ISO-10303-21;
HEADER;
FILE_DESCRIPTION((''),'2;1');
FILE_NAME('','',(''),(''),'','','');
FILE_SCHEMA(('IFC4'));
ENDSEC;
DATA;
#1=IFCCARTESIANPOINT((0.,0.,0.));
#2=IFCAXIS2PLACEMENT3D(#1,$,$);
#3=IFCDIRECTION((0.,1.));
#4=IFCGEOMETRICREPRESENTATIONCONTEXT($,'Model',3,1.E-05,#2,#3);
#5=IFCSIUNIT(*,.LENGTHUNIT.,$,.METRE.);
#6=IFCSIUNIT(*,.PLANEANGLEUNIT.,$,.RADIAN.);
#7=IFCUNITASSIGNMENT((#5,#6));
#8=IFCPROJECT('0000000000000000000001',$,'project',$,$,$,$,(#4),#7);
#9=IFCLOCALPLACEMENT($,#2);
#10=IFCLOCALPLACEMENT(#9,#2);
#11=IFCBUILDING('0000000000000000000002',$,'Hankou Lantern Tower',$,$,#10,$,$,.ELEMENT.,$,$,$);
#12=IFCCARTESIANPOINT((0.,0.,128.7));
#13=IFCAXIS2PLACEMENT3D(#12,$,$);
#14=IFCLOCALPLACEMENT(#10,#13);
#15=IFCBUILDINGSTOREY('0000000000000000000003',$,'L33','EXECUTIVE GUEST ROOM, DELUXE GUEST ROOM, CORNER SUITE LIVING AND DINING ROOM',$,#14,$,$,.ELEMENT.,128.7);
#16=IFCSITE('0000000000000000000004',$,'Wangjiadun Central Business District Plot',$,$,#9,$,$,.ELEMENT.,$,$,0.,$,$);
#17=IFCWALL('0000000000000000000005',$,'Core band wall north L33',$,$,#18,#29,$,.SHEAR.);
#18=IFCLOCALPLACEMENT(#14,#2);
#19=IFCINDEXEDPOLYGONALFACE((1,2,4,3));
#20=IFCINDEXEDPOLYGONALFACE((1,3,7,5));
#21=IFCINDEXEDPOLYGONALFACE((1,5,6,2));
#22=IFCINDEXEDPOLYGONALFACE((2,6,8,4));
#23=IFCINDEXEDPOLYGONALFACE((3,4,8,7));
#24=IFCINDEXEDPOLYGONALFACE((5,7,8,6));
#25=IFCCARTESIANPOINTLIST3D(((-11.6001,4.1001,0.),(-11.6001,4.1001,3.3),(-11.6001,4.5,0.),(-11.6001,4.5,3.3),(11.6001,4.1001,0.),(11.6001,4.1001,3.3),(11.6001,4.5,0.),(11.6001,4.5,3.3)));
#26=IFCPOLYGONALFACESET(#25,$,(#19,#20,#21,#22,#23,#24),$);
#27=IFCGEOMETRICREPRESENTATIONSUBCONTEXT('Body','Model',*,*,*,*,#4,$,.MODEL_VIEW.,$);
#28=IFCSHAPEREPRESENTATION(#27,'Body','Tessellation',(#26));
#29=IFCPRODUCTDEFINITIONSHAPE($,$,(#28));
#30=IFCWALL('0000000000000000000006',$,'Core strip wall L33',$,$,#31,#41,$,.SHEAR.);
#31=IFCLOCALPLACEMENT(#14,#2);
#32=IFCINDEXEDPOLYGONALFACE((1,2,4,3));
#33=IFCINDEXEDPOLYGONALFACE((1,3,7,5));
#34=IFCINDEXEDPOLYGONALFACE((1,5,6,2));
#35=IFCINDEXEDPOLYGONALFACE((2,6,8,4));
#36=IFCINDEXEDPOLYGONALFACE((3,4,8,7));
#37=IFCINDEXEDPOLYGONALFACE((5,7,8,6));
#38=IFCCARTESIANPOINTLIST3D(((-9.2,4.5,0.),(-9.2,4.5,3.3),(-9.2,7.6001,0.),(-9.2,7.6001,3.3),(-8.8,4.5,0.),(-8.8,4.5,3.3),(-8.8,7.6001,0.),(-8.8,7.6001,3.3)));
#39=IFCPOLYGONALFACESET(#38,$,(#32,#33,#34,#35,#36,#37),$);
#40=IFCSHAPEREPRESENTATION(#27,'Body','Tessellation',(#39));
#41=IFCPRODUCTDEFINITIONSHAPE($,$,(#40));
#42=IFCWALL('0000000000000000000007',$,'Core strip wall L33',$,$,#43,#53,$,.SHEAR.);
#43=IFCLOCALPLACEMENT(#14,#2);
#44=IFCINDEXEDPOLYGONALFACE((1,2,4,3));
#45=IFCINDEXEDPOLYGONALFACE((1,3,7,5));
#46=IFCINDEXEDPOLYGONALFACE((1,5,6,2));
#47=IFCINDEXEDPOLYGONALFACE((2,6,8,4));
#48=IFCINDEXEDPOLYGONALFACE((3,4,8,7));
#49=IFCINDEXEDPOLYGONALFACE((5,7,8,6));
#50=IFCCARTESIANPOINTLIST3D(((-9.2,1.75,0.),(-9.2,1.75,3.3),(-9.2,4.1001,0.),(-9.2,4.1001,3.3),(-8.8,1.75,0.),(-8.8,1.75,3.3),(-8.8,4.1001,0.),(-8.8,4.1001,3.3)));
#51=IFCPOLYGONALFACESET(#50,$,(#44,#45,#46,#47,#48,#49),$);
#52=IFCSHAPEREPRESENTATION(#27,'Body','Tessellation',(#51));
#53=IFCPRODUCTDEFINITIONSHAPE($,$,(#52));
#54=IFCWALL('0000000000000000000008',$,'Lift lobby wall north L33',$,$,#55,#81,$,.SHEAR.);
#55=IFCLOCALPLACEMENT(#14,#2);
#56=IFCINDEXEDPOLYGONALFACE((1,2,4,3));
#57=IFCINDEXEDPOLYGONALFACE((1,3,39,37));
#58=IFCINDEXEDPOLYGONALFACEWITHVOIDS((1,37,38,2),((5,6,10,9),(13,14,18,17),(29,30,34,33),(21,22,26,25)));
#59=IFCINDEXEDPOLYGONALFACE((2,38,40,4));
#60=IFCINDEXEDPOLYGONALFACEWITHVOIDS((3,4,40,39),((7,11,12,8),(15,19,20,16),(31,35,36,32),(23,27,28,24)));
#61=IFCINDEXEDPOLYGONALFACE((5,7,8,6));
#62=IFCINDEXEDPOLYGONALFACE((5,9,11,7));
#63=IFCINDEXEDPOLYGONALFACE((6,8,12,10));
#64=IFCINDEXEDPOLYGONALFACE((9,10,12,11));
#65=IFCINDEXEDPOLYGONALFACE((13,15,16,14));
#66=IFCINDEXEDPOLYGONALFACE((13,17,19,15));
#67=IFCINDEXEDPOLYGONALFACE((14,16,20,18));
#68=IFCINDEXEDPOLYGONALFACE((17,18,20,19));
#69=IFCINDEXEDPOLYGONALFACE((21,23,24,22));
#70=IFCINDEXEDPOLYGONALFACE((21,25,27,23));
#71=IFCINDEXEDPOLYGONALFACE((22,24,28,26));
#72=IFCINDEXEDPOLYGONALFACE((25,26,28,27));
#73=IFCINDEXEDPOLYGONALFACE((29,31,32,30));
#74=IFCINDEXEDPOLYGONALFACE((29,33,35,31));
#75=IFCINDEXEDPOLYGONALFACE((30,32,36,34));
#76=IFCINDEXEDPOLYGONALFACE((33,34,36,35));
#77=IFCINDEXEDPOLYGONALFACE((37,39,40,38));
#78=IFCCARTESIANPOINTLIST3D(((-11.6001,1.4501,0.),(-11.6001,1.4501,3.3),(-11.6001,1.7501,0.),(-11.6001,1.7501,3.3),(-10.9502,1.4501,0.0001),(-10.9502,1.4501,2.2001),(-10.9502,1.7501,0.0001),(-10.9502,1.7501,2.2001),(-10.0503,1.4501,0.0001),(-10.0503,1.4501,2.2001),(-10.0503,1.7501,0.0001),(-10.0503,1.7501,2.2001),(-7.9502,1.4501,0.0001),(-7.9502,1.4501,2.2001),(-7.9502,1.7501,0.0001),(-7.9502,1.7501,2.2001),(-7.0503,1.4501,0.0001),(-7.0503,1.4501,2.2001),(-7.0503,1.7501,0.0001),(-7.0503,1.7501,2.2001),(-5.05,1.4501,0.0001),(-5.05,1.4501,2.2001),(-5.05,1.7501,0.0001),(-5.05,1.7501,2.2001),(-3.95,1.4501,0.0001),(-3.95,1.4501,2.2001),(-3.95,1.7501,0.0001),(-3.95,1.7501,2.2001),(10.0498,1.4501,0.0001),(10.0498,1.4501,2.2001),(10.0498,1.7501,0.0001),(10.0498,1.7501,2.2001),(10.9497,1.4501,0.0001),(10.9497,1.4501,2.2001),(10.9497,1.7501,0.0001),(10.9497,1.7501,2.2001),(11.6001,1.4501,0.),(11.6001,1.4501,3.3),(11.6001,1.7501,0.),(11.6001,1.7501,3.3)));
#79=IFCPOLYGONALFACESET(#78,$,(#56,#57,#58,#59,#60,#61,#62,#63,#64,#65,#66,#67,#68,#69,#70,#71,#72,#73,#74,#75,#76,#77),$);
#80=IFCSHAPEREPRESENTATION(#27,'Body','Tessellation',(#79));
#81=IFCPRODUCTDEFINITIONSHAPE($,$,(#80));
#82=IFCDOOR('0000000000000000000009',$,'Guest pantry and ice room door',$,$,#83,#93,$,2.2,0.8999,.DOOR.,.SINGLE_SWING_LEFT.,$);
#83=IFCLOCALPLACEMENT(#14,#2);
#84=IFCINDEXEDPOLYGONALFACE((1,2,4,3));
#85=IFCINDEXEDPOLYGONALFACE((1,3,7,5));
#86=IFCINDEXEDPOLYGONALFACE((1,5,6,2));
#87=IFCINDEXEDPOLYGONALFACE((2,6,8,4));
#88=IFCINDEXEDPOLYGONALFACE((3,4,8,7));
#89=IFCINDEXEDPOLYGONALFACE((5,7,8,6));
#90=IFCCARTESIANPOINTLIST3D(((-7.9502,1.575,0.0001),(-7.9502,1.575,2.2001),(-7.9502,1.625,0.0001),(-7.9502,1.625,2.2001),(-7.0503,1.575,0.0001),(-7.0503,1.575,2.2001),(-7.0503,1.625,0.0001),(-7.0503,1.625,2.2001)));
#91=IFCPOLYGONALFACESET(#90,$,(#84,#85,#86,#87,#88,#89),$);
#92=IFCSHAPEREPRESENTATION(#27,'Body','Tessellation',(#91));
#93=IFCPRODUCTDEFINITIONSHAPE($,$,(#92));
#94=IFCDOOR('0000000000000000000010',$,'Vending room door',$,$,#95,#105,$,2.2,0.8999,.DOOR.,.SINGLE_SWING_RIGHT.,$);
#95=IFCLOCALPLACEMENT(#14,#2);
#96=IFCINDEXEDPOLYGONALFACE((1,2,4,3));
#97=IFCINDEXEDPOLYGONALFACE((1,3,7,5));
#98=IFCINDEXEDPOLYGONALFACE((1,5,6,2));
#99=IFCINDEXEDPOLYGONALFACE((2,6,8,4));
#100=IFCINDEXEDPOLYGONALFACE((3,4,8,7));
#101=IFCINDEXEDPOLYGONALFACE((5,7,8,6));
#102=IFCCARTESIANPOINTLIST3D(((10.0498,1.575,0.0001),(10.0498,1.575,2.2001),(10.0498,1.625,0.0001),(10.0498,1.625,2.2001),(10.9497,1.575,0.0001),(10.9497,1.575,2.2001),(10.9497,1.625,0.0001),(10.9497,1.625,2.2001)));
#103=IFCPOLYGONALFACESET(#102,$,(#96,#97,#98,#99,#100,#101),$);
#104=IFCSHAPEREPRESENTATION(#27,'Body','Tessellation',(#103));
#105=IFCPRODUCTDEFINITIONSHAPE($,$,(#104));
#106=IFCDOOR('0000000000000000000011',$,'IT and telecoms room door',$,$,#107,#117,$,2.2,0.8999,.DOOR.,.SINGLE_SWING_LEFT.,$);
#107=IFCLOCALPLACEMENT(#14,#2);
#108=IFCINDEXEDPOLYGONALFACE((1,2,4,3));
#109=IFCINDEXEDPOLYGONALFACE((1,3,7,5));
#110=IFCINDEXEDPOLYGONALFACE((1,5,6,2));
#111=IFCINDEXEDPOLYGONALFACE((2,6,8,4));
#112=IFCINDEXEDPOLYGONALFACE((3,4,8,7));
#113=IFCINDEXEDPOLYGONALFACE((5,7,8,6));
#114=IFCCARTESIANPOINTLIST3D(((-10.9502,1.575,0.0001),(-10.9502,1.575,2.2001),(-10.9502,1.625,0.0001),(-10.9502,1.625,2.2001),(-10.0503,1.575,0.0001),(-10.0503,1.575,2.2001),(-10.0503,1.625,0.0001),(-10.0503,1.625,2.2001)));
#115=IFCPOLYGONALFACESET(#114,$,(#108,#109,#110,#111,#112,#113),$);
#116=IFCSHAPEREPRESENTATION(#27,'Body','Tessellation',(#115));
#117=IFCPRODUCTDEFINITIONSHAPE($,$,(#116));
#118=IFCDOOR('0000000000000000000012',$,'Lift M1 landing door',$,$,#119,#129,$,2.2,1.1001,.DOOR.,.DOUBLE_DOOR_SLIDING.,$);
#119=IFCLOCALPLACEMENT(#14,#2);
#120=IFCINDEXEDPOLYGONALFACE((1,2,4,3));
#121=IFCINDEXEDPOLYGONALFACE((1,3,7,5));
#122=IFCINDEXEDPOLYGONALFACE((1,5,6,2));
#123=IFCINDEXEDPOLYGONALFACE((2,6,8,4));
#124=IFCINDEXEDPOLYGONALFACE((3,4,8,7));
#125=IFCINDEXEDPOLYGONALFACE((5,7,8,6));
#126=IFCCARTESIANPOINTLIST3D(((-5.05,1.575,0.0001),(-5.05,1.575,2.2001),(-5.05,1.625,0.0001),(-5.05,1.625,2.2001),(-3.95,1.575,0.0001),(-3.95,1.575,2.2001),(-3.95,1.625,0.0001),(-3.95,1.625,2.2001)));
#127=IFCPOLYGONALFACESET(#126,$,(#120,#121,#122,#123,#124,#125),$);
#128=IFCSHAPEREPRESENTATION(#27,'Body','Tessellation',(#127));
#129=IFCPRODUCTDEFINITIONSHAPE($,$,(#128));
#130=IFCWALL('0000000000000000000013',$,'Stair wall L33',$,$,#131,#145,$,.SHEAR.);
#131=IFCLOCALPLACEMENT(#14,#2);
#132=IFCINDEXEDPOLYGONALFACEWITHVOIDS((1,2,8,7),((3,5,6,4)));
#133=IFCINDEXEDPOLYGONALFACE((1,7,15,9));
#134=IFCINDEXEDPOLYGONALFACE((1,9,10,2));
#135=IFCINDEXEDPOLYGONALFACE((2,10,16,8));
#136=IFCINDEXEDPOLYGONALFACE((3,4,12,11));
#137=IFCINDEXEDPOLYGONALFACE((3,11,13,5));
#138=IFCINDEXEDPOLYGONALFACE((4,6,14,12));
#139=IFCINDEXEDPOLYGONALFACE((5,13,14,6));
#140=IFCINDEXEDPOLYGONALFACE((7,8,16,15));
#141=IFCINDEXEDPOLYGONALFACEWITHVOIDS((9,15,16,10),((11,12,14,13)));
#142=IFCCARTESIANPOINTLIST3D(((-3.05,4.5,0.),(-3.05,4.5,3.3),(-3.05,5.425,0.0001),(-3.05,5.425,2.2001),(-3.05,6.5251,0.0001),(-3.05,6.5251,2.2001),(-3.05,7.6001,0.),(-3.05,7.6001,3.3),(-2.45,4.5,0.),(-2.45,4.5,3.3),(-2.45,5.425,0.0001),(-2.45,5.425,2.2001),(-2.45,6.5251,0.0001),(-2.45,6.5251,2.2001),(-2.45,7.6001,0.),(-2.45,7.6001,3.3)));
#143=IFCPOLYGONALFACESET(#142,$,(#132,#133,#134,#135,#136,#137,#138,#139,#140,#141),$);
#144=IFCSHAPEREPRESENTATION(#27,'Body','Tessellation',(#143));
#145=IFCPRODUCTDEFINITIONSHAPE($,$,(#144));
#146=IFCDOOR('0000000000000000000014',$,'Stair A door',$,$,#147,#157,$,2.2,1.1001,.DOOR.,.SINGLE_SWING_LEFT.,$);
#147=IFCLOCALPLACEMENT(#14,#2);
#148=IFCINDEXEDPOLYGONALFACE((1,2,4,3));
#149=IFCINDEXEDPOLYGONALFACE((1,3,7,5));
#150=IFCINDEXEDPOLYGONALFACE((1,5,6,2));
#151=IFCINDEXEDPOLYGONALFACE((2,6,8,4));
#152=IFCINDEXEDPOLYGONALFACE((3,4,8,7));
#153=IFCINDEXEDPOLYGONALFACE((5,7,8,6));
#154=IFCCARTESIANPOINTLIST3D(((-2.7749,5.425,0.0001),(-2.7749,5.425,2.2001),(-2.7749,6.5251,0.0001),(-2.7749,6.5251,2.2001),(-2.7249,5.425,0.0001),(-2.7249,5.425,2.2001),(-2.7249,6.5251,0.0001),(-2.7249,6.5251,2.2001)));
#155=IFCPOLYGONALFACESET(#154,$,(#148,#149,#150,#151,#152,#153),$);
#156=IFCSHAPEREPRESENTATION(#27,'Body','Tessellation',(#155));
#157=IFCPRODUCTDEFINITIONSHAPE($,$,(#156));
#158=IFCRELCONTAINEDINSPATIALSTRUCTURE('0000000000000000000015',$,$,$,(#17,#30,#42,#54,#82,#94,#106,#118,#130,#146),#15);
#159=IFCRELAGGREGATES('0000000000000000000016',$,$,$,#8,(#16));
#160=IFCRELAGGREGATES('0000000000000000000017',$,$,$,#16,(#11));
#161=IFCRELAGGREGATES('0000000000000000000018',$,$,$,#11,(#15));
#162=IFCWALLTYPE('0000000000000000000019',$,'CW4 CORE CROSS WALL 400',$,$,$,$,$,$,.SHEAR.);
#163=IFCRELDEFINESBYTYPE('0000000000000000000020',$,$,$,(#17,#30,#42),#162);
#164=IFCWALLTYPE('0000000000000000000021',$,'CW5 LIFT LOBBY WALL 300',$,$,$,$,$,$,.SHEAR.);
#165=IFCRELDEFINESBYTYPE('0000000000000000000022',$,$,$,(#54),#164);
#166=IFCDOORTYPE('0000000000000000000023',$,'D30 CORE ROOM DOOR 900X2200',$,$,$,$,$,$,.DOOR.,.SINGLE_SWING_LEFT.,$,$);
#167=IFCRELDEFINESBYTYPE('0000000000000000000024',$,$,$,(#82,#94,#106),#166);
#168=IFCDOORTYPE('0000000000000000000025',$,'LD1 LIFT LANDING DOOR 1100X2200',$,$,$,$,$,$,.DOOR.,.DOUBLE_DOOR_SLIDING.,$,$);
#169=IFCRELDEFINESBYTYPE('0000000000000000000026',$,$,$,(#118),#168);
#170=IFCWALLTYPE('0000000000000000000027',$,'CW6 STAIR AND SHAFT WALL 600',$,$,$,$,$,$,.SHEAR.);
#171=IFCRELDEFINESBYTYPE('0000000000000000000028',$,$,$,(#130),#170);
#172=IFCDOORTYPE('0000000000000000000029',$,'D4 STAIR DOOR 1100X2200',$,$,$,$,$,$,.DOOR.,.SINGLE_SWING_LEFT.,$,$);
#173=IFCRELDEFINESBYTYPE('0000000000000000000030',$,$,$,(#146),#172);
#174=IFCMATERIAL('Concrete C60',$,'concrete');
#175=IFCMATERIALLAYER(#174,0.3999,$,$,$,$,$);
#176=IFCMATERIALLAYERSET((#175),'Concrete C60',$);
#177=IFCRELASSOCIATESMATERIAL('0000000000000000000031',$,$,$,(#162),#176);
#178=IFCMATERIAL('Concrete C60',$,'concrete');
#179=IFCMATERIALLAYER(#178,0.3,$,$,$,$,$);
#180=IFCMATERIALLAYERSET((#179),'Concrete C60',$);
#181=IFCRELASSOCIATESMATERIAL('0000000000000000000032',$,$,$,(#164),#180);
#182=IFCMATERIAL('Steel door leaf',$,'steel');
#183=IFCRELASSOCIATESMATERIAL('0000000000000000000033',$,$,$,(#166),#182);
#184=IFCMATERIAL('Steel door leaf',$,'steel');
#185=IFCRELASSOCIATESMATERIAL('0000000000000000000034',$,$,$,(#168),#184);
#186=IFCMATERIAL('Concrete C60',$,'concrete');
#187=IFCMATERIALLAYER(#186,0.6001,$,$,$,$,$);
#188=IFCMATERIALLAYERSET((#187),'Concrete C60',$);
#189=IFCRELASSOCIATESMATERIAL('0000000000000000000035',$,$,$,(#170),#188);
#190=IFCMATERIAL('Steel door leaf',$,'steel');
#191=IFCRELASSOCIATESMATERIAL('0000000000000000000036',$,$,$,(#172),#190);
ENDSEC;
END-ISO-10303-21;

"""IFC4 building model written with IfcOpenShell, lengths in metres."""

from ifc_helpers import new_model, si_unit, direction, frame, frame_2d, origin, place, context, subcontext, project, spatial, rectangle, extrude, material, layer, layer_set, type_object, element, fill, save


model = new_model("IFC4")

# Units and contexts
model_context = context("Model", 3, precision=1e-05, world=origin(), true_north=direction((0.0, 1.0)))
body_context = subcontext(model_context, "Body", "Model", "MODEL_VIEW")
ifc_project = project(units=[si_unit("LENGTHUNIT", "METRE"), si_unit("PLANEANGLEUNIT", "RADIAN")], contexts=[model_context])

# Site, building, storey
site_placement = place(None, origin())
site = spatial("IfcSite", under=ifc_project, at=site_placement, Name="Wangjiadun Central Business District Plot", CompositionType="ELEMENT", RefElevation=0.0)
building_placement = place(site_placement, origin())
building = spatial("IfcBuilding", under=site, at=building_placement, Name="Hankou Lantern Tower", CompositionType="ELEMENT")
storey_placement = place(building_placement, frame((0.0, 0.0, 128.7)))
storey = spatial("IfcBuildingStorey", under=building, at=storey_placement, Name="L33", Description="EXECUTIVE GUEST ROOM, DELUXE GUEST ROOM, CORNER SUITE LIVING AND DINING ROOM", CompositionType="ELEMENT", Elevation=128.7)

# Walls
ifc_material_1 = material(Name="Concrete C60", Category="concrete")
ifc_layer_1 = layer(ifc_material_1, 0.3999)
ifc_layer_set_1 = layer_set([ifc_layer_1], Name="Concrete C60")
wall_type_1 = type_object("IfcWallType", Name="CW4 CORE CROSS WALL 400", PredefinedType="SHEAR", material=ifc_layer_set_1)
wall_1_placement = place(storey_placement, frame((-11.6001, 4.3, 0.0), z_axis=(0.0, 0.0, 1.0), x_axis=(1.0, 0.0, 0.0)))
element("IfcWall", 1, at=wall_1_placement, inside=storey, type_object=wall_type_1, Name="Core band wall north L33", PredefinedType="SHEAR", context=body_context, shape_type="SweptSolid", body=[
    extrude(rectangle(XDim=23.2002, YDim=0.3999, at=frame_2d((11.6001, 0.0))), origin(), (0.0, 0.0, 1.0), 3.3),
])
wall_2_placement = place(storey_placement, frame((-9.0, 4.5, 0.0), z_axis=(0.0, 0.0, 1.0), x_axis=(0.0, 1.0, 0.0)))
element("IfcWall", 2, at=wall_2_placement, inside=storey, type_object=wall_type_1, Name="Core strip wall L33", PredefinedType="SHEAR", context=body_context, shape_type="SweptSolid", body=[
    extrude(rectangle(XDim=3.1001, YDim=0.3999, at=frame_2d((1.55, 0.0))), origin(), (0.0, 0.0, 1.0), 3.3),
])
wall_3_placement = place(storey_placement, frame((-9.0, 1.75, 0.0), z_axis=(0.0, 0.0, 1.0), x_axis=(0.0, 1.0, 0.0)))
element("IfcWall", 3, at=wall_3_placement, inside=storey, type_object=wall_type_1, Name="Core strip wall L33", PredefinedType="SHEAR", context=body_context, shape_type="SweptSolid", body=[
    extrude(rectangle(XDim=2.3501, YDim=0.3999, at=frame_2d((1.175, 0.0))), origin(), (0.0, 0.0, 1.0), 3.3),
])

# Wall, openings, doors
ifc_material_2 = material(Name="Concrete C60", Category="concrete")
ifc_layer_2 = layer(ifc_material_2, 0.3)
ifc_layer_set_2 = layer_set([ifc_layer_2], Name="Concrete C60")
wall_type_2 = type_object("IfcWallType", Name="CW5 LIFT LOBBY WALL 300", PredefinedType="SHEAR", material=ifc_layer_set_2)
wall_4_placement = place(storey_placement, frame((-11.6001, 1.6001, 0.0), z_axis=(0.0, 0.0, 1.0), x_axis=(1.0, 0.0, 0.0)))
wall_4 = element("IfcWall", 4, at=wall_4_placement, inside=storey, type_object=wall_type_2, Name="Lift lobby wall north L33", PredefinedType="SHEAR", context=body_context, shape_type="SweptSolid", body=[
    extrude(rectangle(XDim=23.2002, YDim=0.3, at=frame_2d((11.6001, 0.0))), origin(), (0.0, 0.0, 1.0), 3.3),
])
opening_1_placement = place(wall_4_placement, frame((6.55, 0.0, 0.0)))
opening_1 = element("IfcOpeningElement", 5, at=opening_1_placement, cuts=wall_4, PredefinedType="OPENING", context=body_context, shape_type="SweptSolid", body=[
    extrude(rectangle(XDim=1.1001, YDim=2.2, at=frame_2d((0.55, 1.1001))), frame((0.0, 0.1599, 0.0), z_axis=(0.0, -1.0, 0.0), x_axis=(1.0, 0.0, 0.0)), (0.0, 0.0, 1.0), 0.3201),
])
opening_2_placement = place(wall_4_placement, frame((3.6499, 0.0, 0.0)))
opening_2 = element("IfcOpeningElement", 6, at=opening_2_placement, cuts=wall_4, PredefinedType="OPENING", context=body_context, shape_type="SweptSolid", body=[
    extrude(rectangle(XDim=0.8999, YDim=2.2, at=frame_2d((0.45, 1.1001))), frame((0.0, 0.1599, 0.0), z_axis=(0.0, -1.0, 0.0), x_axis=(1.0, 0.0, 0.0)), (0.0, 0.0, 1.0), 0.3201),
])
opening_3_placement = place(wall_4_placement, frame((21.6499, 0.0, 0.0)))
opening_3 = element("IfcOpeningElement", 7, at=opening_3_placement, cuts=wall_4, PredefinedType="OPENING", context=body_context, shape_type="SweptSolid", body=[
    extrude(rectangle(XDim=0.8999, YDim=2.2, at=frame_2d((0.45, 1.1001))), frame((0.0, 0.1599, 0.0), z_axis=(0.0, -1.0, 0.0), x_axis=(1.0, 0.0, 0.0)), (0.0, 0.0, 1.0), 0.3201),
])
opening_4_placement = place(wall_4_placement, frame((0.6499, 0.0, 0.0)))
opening_4 = element("IfcOpeningElement", 8, at=opening_4_placement, cuts=wall_4, PredefinedType="OPENING", context=body_context, shape_type="SweptSolid", body=[
    extrude(rectangle(XDim=0.8999, YDim=2.2, at=frame_2d((0.45, 1.1001))), frame((0.0, 0.1599, 0.0), z_axis=(0.0, -1.0, 0.0), x_axis=(1.0, 0.0, 0.0)), (0.0, 0.0, 1.0), 0.3201),
])
ifc_material_3 = material(Name="Steel door leaf", Category="steel")
door_type_1 = type_object("IfcDoorType", Name="D30 CORE ROOM DOOR 900X2200", OperationType="SINGLE_SWING_LEFT", PredefinedType="DOOR", material=ifc_material_3)
door_1_placement = place(opening_2_placement, origin())
door_1 = element("IfcDoor", 9, at=door_1_placement, inside=storey, type_object=door_type_1, Name="Guest pantry and ice room door", OperationType="SINGLE_SWING_LEFT", OverallHeight=2.2, OverallWidth=0.8999, PredefinedType="DOOR", context=body_context, shape_type="SweptSolid", body=[
    extrude(rectangle(XDim=0.8999, YDim=2.2, at=frame_2d((0.45, 1.1001))), frame((0.0, 0.0249, 0.0), z_axis=(0.0, -1.0, 0.0), x_axis=(1.0, 0.0, 0.0)), (0.0, 0.0, 1.0), 0.05),
])
fill(opening_2, door_1)
door_2_placement = place(opening_3_placement, origin())
door_2 = element("IfcDoor", 10, at=door_2_placement, inside=storey, type_object=door_type_1, Name="Vending room door", OperationType="SINGLE_SWING_RIGHT", OverallHeight=2.2, OverallWidth=0.8999, PredefinedType="DOOR", context=body_context, shape_type="SweptSolid", body=[
    extrude(rectangle(XDim=0.8999, YDim=2.2, at=frame_2d((0.45, 1.1001))), frame((0.0, 0.0249, 0.0), z_axis=(0.0, -1.0, 0.0), x_axis=(1.0, 0.0, 0.0)), (0.0, 0.0, 1.0), 0.05),
])
fill(opening_3, door_2)
door_3_placement = place(opening_4_placement, origin())
door_3 = element("IfcDoor", 11, at=door_3_placement, inside=storey, type_object=door_type_1, Name="IT and telecoms room door", OperationType="SINGLE_SWING_LEFT", OverallHeight=2.2, OverallWidth=0.8999, PredefinedType="DOOR", context=body_context, shape_type="SweptSolid", body=[
    extrude(rectangle(XDim=0.8999, YDim=2.2, at=frame_2d((0.45, 1.1001))), frame((0.0, 0.0249, 0.0), z_axis=(0.0, -1.0, 0.0), x_axis=(1.0, 0.0, 0.0)), (0.0, 0.0, 1.0), 0.05),
])
fill(opening_4, door_3)
ifc_material_4 = material(Name="Steel door leaf", Category="steel")
door_type_2 = type_object("IfcDoorType", Name="LD1 LIFT LANDING DOOR 1100X2200", OperationType="DOUBLE_DOOR_SLIDING", PredefinedType="DOOR", material=ifc_material_4)
door_4_placement = place(opening_1_placement, origin())
door_4 = element("IfcDoor", 12, at=door_4_placement, inside=storey, type_object=door_type_2, Name="Lift M1 landing door", OperationType="DOUBLE_DOOR_SLIDING", OverallHeight=2.2, OverallWidth=1.1001, PredefinedType="DOOR", context=body_context, shape_type="SweptSolid", body=[
    extrude(rectangle(XDim=1.1001, YDim=2.2, at=frame_2d((0.55, 1.1001))), frame((0.0, 0.0249, 0.0), z_axis=(0.0, -1.0, 0.0), x_axis=(1.0, 0.0, 0.0)), (0.0, 0.0, 1.0), 0.05),
])
fill(opening_1, door_4)

# Wall, opening, door
ifc_material_5 = material(Name="Concrete C60", Category="concrete")
ifc_layer_3 = layer(ifc_material_5, 0.6001)
ifc_layer_set_3 = layer_set([ifc_layer_3], Name="Concrete C60")
wall_type_3 = type_object("IfcWallType", Name="CW6 STAIR AND SHAFT WALL 600", PredefinedType="SHEAR", material=ifc_layer_set_3)
wall_5_placement = place(storey_placement, frame((-2.75, 4.5, 0.0), z_axis=(0.0, 0.0, 1.0), x_axis=(0.0, 1.0, 0.0)))
wall_5 = element("IfcWall", 13, at=wall_5_placement, inside=storey, type_object=wall_type_3, Name="Stair wall L33", PredefinedType="SHEAR", context=body_context, shape_type="SweptSolid", body=[
    extrude(rectangle(XDim=3.1001, YDim=0.6001, at=frame_2d((1.55, 0.0))), origin(), (0.0, 0.0, 1.0), 3.3),
])
opening_5_placement = place(wall_5_placement, frame((0.925, 0.0, 0.0)))
opening_5 = element("IfcOpeningElement", 14, at=opening_5_placement, cuts=wall_5, PredefinedType="OPENING", context=body_context, shape_type="SweptSolid", body=[
    extrude(rectangle(XDim=1.1001, YDim=2.2, at=frame_2d((0.55, 1.1001))), frame((0.0, 0.3101, 0.0), z_axis=(0.0, -1.0, 0.0), x_axis=(1.0, 0.0, 0.0)), (0.0, 0.0, 1.0), 0.6201),
])
ifc_material_6 = material(Name="Steel door leaf", Category="steel")
door_type_3 = type_object("IfcDoorType", Name="D4 STAIR DOOR 1100X2200", OperationType="SINGLE_SWING_LEFT", PredefinedType="DOOR", material=ifc_material_6)
door_5_placement = place(opening_5_placement, origin())
door_5 = element("IfcDoor", 15, at=door_5_placement, inside=storey, type_object=door_type_3, Name="Stair A door", OperationType="SINGLE_SWING_LEFT", OverallHeight=2.2, OverallWidth=1.1001, PredefinedType="DOOR", context=body_context, shape_type="SweptSolid", body=[
    extrude(rectangle(XDim=1.1001, YDim=2.2, at=frame_2d((0.55, 1.1001))), frame((0.0, 0.0249, 0.0), z_axis=(0.0, -1.0, 0.0), x_axis=(1.0, 0.0, 0.0)), (0.0, 0.0, 1.0), 0.05),
])
fill(opening_5, door_5)

save(model, "model.ifc")
